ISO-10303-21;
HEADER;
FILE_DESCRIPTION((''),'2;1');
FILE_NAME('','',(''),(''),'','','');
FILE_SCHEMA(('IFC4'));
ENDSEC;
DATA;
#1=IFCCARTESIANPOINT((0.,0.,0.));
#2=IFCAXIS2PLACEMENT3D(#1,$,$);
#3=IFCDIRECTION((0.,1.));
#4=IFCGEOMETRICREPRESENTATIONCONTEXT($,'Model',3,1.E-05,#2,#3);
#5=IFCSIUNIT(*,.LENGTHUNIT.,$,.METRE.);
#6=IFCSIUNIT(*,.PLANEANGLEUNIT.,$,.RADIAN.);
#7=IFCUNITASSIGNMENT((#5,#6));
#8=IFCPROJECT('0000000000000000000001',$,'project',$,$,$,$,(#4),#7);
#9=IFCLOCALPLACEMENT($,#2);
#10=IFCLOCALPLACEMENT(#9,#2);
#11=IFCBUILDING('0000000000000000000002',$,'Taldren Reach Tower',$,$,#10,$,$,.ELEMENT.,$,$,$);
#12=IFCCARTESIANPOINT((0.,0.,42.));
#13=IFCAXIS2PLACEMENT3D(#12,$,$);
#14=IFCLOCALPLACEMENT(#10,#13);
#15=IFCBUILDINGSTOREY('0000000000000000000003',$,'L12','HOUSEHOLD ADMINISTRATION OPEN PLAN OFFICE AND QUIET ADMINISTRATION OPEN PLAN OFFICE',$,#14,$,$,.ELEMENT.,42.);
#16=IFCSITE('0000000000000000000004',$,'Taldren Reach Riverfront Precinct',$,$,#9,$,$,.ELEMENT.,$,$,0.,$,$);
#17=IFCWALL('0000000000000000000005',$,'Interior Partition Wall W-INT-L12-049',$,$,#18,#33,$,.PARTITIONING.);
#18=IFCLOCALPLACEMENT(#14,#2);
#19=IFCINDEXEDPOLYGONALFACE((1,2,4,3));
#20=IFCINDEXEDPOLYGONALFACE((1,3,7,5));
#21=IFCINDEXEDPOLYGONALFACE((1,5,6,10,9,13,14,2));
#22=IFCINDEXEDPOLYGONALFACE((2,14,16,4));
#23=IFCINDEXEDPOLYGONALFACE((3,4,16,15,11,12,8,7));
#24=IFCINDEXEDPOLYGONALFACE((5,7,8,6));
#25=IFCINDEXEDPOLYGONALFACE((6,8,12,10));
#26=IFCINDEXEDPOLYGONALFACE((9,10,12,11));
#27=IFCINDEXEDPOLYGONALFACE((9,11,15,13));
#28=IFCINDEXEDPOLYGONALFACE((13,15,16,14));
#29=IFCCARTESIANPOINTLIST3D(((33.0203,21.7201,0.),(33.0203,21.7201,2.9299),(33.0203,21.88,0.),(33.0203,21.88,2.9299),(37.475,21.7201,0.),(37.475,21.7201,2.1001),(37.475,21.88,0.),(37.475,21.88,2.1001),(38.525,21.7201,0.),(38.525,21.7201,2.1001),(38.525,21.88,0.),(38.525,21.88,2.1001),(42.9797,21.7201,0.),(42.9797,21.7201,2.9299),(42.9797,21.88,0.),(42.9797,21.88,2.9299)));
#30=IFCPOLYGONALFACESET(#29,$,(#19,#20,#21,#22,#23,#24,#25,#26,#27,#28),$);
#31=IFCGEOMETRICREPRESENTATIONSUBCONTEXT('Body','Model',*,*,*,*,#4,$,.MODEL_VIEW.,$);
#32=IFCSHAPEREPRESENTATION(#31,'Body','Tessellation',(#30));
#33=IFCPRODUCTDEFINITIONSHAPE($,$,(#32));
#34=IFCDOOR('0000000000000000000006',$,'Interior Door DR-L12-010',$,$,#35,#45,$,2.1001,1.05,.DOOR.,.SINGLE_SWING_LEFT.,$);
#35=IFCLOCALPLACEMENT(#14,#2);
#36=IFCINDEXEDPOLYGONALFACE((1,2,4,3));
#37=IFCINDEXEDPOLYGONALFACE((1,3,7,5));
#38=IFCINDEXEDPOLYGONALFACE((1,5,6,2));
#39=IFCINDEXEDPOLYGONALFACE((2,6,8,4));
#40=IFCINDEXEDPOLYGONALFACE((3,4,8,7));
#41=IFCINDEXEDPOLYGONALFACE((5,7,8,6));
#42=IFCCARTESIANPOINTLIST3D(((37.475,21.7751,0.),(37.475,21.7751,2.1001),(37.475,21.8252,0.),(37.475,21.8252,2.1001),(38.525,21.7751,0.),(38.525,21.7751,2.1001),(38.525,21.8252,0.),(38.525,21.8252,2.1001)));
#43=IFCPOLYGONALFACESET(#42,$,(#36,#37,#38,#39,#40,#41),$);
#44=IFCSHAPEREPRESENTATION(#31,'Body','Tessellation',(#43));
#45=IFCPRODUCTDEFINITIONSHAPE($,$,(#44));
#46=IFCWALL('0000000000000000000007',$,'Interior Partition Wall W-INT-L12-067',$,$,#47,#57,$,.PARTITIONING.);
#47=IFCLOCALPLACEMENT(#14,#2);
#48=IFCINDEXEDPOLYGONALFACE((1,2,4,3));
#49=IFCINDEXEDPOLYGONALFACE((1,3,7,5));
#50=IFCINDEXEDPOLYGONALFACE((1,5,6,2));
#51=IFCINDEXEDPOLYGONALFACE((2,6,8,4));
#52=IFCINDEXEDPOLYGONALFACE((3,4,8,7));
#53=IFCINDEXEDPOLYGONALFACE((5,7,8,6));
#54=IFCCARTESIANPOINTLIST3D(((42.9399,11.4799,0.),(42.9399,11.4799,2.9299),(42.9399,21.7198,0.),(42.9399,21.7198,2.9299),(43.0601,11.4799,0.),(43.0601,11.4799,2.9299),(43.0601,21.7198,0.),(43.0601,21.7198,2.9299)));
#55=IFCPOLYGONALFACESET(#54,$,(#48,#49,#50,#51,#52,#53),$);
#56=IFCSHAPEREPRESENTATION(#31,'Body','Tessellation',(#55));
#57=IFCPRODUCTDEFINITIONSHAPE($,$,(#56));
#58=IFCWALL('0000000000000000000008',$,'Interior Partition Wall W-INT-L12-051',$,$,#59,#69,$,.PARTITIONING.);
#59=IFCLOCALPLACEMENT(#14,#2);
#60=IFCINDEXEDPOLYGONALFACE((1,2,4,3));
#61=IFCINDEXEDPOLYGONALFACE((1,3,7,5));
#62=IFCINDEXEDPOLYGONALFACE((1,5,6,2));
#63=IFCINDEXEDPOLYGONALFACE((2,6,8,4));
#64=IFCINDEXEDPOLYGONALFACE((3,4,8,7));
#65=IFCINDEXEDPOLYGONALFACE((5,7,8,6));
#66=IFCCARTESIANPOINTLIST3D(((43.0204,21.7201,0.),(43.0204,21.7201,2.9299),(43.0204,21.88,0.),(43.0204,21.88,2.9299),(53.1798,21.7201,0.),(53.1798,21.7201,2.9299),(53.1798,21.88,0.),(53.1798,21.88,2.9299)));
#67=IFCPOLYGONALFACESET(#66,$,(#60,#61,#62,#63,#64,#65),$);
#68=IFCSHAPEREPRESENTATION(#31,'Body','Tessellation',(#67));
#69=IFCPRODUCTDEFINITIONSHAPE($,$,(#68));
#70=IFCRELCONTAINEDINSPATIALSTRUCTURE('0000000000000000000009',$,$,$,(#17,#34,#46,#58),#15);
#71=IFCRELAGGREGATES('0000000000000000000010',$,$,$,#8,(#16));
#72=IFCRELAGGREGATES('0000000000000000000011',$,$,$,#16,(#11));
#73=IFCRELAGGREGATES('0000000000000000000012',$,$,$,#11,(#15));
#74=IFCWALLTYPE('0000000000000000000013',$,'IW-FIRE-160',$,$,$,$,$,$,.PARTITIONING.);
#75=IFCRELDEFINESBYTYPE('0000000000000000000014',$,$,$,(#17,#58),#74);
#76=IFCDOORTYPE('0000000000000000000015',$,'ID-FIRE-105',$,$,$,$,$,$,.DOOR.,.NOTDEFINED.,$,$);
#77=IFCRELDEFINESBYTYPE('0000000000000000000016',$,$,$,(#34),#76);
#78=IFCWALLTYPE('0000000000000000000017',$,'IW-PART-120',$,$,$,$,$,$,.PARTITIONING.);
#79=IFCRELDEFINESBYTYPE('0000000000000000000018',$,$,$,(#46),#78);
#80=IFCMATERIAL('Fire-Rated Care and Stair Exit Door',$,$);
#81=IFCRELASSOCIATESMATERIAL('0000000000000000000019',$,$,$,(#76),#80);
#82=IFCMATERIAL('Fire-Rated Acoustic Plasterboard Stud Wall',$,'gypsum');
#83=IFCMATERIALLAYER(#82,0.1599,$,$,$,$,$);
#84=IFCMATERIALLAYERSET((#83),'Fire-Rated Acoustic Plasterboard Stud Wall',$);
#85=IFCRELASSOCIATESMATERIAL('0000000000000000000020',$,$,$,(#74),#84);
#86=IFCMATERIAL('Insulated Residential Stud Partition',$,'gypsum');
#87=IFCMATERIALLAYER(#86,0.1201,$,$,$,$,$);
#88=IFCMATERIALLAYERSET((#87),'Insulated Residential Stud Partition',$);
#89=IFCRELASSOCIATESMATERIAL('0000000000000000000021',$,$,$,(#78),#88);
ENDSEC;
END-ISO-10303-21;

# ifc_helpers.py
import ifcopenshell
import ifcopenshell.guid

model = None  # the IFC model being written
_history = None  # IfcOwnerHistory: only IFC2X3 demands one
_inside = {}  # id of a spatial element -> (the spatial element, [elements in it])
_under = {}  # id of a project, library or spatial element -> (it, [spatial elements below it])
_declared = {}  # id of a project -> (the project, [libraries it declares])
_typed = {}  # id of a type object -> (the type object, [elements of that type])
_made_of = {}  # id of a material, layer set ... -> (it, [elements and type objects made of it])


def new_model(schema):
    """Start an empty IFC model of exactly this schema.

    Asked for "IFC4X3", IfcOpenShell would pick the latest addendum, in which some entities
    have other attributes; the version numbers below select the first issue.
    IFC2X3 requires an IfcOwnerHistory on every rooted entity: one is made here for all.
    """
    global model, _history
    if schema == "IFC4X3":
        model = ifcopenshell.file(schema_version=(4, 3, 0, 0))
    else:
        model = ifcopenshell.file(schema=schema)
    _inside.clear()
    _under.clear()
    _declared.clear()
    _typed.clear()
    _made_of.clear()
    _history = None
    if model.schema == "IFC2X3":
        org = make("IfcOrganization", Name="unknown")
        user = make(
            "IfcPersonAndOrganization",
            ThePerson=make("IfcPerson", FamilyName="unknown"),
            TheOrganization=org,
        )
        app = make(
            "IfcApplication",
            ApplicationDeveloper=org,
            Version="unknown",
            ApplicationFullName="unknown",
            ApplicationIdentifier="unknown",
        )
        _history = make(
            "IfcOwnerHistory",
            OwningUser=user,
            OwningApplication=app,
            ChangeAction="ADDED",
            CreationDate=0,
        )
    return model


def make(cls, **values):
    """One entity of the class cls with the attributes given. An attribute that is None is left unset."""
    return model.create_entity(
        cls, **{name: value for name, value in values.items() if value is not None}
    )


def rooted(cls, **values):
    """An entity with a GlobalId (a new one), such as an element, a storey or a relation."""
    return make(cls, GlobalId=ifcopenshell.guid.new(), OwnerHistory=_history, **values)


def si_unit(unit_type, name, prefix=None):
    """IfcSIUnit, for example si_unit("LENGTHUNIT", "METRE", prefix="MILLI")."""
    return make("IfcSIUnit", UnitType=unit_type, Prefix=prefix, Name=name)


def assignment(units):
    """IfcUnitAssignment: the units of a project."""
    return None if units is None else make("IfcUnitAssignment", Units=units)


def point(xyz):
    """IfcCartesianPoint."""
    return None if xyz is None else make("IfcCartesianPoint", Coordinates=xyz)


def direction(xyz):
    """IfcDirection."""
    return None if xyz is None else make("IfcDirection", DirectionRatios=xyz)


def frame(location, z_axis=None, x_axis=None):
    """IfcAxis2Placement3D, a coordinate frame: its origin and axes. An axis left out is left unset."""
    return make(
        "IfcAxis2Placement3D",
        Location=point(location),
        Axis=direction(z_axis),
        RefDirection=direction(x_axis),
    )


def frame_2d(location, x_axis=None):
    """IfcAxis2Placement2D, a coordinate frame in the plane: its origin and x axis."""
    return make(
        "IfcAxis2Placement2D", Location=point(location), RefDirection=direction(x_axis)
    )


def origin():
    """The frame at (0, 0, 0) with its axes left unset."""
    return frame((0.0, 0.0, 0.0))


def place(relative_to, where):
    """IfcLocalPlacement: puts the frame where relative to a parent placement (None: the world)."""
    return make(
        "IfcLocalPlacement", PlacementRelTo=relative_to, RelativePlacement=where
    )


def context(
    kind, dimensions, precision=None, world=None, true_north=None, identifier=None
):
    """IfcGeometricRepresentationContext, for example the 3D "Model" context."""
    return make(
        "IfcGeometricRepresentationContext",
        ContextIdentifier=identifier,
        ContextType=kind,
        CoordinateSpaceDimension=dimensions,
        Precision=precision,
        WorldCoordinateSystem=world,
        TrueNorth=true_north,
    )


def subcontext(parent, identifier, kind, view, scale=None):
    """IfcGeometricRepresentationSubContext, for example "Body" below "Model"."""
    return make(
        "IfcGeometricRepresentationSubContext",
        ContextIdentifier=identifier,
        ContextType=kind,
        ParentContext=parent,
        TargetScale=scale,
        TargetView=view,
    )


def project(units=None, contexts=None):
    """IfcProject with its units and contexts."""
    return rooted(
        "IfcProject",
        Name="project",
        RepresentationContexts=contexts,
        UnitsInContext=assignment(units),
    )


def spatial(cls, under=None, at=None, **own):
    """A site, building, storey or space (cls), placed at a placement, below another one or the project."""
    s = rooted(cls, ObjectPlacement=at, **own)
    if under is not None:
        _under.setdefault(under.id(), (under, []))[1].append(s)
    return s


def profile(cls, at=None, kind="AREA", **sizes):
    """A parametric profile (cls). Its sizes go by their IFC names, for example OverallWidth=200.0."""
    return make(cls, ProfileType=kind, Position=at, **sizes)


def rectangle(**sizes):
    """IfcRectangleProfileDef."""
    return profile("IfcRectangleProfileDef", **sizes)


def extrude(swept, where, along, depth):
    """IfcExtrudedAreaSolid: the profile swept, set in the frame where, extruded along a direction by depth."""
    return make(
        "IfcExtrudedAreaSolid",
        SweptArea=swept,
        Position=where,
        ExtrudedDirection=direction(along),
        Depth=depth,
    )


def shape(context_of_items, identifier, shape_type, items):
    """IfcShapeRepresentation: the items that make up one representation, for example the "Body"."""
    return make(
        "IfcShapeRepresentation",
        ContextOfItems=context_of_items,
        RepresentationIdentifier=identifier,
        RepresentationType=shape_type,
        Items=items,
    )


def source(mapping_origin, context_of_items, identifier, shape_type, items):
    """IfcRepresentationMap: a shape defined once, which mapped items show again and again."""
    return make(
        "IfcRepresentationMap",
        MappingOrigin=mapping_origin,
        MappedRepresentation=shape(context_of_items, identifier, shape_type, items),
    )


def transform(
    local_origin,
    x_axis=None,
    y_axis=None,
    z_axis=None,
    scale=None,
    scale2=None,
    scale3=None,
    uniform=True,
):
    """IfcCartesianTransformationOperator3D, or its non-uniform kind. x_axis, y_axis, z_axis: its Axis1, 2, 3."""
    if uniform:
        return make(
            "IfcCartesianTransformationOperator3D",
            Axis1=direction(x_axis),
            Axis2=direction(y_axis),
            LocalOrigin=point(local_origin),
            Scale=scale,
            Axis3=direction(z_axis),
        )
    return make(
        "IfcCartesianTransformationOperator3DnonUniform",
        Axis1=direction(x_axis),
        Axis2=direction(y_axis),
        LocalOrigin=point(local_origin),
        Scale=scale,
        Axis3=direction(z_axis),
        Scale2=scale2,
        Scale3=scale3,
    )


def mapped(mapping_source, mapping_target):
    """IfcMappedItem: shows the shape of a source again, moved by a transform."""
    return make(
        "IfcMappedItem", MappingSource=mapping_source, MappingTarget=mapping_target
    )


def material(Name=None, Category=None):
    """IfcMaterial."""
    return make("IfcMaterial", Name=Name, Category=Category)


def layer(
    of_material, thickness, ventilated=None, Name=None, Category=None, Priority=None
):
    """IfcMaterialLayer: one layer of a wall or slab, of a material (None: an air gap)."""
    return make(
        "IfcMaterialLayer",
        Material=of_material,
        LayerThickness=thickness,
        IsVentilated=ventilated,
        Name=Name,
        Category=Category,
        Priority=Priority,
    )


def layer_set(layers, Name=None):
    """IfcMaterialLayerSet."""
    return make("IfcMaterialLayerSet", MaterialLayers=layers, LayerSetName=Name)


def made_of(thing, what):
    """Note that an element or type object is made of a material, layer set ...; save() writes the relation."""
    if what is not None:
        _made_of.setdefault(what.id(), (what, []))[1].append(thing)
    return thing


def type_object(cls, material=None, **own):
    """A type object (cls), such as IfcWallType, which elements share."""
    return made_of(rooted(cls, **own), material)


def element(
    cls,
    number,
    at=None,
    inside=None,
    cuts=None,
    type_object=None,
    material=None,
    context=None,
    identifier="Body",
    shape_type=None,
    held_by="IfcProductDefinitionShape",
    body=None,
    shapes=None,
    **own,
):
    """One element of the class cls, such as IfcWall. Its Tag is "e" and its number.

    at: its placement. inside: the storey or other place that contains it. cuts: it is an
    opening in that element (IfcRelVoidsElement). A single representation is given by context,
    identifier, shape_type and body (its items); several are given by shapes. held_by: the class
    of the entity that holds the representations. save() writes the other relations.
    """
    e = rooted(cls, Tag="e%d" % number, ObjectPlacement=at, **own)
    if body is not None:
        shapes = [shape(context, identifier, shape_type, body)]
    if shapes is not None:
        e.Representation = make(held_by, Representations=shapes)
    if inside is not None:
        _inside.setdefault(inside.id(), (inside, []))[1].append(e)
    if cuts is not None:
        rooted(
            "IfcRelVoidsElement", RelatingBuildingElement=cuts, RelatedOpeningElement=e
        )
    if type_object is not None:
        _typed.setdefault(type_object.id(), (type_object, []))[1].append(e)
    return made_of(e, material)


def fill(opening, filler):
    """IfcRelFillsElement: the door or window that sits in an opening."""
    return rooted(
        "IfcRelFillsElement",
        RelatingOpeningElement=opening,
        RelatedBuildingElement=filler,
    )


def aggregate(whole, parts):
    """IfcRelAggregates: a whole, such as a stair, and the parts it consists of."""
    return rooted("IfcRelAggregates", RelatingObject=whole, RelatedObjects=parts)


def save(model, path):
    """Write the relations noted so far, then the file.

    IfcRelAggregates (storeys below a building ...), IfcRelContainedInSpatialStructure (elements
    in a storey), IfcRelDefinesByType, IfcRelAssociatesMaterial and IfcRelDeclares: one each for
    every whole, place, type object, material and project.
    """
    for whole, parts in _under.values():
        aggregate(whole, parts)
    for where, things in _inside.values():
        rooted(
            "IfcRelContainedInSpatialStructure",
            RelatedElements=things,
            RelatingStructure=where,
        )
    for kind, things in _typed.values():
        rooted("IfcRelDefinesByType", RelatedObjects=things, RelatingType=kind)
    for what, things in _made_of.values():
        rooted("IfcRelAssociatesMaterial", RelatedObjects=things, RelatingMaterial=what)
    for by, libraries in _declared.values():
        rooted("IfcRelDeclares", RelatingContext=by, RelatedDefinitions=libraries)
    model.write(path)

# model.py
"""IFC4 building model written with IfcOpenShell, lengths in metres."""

from ifc_helpers import new_model, si_unit, direction, frame, frame_2d, origin, place, context, subcontext, project, spatial, rectangle, extrude, source, transform, mapped, material, layer, layer_set, type_object, element, fill, save


model = new_model("IFC4")

# Units and contexts
model_context = context("Model", 3, precision=1e-05, world=origin(), true_north=direction((0.0, 1.0)))
body_context = subcontext(model_context, "Body", "Model", "MODEL_VIEW")
ifc_project = project(units=[si_unit("LENGTHUNIT", "METRE"), si_unit("PLANEANGLEUNIT", "RADIAN")], contexts=[model_context])

# Site, building, storey
site_placement = place(None, origin())
site = spatial("IfcSite", under=ifc_project, at=site_placement, Name="Taldren Reach Riverfront Precinct", CompositionType="ELEMENT", RefElevation=0.0)
building_placement = place(site_placement, origin())
building = spatial("IfcBuilding", under=site, at=building_placement, Name="Taldren Reach Tower", CompositionType="ELEMENT")
storey_placement = place(building_placement, frame((0.0, 0.0, 42.0)))
storey = spatial("IfcBuildingStorey", under=building, at=storey_placement, Name="L12", Description="HOUSEHOLD ADMINISTRATION OPEN PLAN OFFICE AND QUIET ADMINISTRATION OPEN PLAN OFFICE", CompositionType="ELEMENT", Elevation=42.0)

# Wall, opening, door
ifc_material_1 = material(Name="Fire-Rated Care and Stair Exit Door")
door_type = type_object("IfcDoorType", Name="ID-FIRE-105", OperationType="NOTDEFINED", PredefinedType="DOOR", material=ifc_material_1)
shared_shape_1 = source(origin(), body_context, "Body", "SweptSolid", [
    extrude(rectangle(XDim=1.05, YDim=2.1001, at=frame_2d((0.5249, 1.05))), frame((0.0, 0.0249, 0.0), z_axis=(0.0, -1.0, 0.0), x_axis=(1.0, 0.0, 0.0)), (0.0, 0.0, 1.0), 0.05),
])
ifc_material_2 = material(Name="Fire-Rated Acoustic Plasterboard Stud Wall", Category="gypsum")
ifc_layer_1 = layer(ifc_material_2, 0.1599)
ifc_layer_set_1 = layer_set([ifc_layer_1], Name="Fire-Rated Acoustic Plasterboard Stud Wall")
wall_type_1 = type_object("IfcWallType", Name="IW-FIRE-160", PredefinedType="PARTITIONING", material=ifc_layer_set_1)
shared_shape_2 = source(origin(), body_context, "Body", "SweptSolid", [
    extrude(rectangle(XDim=9.9595, YDim=0.1599, at=frame_2d((4.9797, 0.0))), origin(), (0.0, 0.0, 1.0), 2.9299),
])
wall_1_placement = place(storey_placement, frame((42.9797, 21.8, 0.0), z_axis=(0.0, 0.0, 1.0), x_axis=(-1.0, 0.0, 0.0)))
wall_1 = element("IfcWall", 1, at=wall_1_placement, inside=storey, type_object=wall_type_1, Name="Interior Partition Wall W-INT-L12-049", PredefinedType="PARTITIONING", context=body_context, shape_type="MappedRepresentation", body=[
    mapped(shared_shape_2, transform((0.0, 0.0, 0.0), scale=1.0)),
])
shared_shape_3 = source(origin(), body_context, "Body", "SweptSolid", [
    extrude(rectangle(XDim=1.05, YDim=2.1001, at=frame_2d((0.5249, 1.05))), frame((0.0, 0.0898, 0.0), z_axis=(0.0, -1.0, 0.0), x_axis=(1.0, 0.0, 0.0)), (0.0, 0.0, 1.0), 0.1799),
])
opening_1_placement = place(wall_1_placement, frame((4.4548, 0.0, 0.0)))
opening_1 = element("IfcOpeningElement", 2, at=opening_1_placement, cuts=wall_1, PredefinedType="OPENING", context=body_context, shape_type="MappedRepresentation", body=[
    mapped(shared_shape_3, transform((0.0, 0.0, 0.0), scale=1.0)),
])
door_1_placement = place(opening_1_placement, origin())
door_1 = element("IfcDoor", 3, at=door_1_placement, inside=storey, type_object=door_type, Name="Interior Door DR-L12-010", OperationType="SINGLE_SWING_LEFT", OverallHeight=2.1001, OverallWidth=1.05, PredefinedType="DOOR", context=body_context, shape_type="MappedRepresentation", body=[
    mapped(shared_shape_1, transform((0.0, 0.0, 0.0), scale=1.0)),
])
fill(opening_1, door_1)

# Walls
ifc_material_3 = material(Name="Insulated Residential Stud Partition", Category="gypsum")
ifc_layer_2 = layer(ifc_material_3, 0.1201)
ifc_layer_set_2 = layer_set([ifc_layer_2], Name="Insulated Residential Stud Partition")
wall_type_2 = type_object("IfcWallType", Name="IW-PART-120", PredefinedType="PARTITIONING", material=ifc_layer_set_2)
shared_shape_4 = source(origin(), body_context, "Body", "SweptSolid", [
    extrude(rectangle(XDim=10.24, YDim=0.1201, at=frame_2d((5.1201, 0.0))), origin(), (0.0, 0.0, 1.0), 2.9299),
])
wall_2_placement = place(storey_placement, frame((43.0, 21.72, 0.0), z_axis=(0.0, 0.0, 1.0), x_axis=(0.0, -1.0, 0.0)))
element("IfcWall", 4, at=wall_2_placement, inside=storey, type_object=wall_type_2, Name="Interior Partition Wall W-INT-L12-067", PredefinedType="PARTITIONING", context=body_context, shape_type="MappedRepresentation", body=[
    mapped(shared_shape_4, transform((0.0, 0.0, 0.0), scale=1.0)),
])
shared_shape_5 = source(origin(), body_context, "Body", "SweptSolid", [
    extrude(rectangle(XDim=10.1594, YDim=0.1599, at=frame_2d((5.0796, 0.0))), origin(), (0.0, 0.0, 1.0), 2.9299),
])
wall_3_placement = place(storey_placement, frame((53.1797, 21.8, 0.0), z_axis=(0.0, 0.0, 1.0), x_axis=(-1.0, 0.0, 0.0)))
element("IfcWall", 5, at=wall_3_placement, inside=storey, type_object=wall_type_1, Name="Interior Partition Wall W-INT-L12-051", PredefinedType="PARTITIONING", context=body_context, shape_type="MappedRepresentation", body=[
    mapped(shared_shape_5, transform((0.0, 0.0, 0.0), scale=1.0)),
])

save(model, "model.ifc")
